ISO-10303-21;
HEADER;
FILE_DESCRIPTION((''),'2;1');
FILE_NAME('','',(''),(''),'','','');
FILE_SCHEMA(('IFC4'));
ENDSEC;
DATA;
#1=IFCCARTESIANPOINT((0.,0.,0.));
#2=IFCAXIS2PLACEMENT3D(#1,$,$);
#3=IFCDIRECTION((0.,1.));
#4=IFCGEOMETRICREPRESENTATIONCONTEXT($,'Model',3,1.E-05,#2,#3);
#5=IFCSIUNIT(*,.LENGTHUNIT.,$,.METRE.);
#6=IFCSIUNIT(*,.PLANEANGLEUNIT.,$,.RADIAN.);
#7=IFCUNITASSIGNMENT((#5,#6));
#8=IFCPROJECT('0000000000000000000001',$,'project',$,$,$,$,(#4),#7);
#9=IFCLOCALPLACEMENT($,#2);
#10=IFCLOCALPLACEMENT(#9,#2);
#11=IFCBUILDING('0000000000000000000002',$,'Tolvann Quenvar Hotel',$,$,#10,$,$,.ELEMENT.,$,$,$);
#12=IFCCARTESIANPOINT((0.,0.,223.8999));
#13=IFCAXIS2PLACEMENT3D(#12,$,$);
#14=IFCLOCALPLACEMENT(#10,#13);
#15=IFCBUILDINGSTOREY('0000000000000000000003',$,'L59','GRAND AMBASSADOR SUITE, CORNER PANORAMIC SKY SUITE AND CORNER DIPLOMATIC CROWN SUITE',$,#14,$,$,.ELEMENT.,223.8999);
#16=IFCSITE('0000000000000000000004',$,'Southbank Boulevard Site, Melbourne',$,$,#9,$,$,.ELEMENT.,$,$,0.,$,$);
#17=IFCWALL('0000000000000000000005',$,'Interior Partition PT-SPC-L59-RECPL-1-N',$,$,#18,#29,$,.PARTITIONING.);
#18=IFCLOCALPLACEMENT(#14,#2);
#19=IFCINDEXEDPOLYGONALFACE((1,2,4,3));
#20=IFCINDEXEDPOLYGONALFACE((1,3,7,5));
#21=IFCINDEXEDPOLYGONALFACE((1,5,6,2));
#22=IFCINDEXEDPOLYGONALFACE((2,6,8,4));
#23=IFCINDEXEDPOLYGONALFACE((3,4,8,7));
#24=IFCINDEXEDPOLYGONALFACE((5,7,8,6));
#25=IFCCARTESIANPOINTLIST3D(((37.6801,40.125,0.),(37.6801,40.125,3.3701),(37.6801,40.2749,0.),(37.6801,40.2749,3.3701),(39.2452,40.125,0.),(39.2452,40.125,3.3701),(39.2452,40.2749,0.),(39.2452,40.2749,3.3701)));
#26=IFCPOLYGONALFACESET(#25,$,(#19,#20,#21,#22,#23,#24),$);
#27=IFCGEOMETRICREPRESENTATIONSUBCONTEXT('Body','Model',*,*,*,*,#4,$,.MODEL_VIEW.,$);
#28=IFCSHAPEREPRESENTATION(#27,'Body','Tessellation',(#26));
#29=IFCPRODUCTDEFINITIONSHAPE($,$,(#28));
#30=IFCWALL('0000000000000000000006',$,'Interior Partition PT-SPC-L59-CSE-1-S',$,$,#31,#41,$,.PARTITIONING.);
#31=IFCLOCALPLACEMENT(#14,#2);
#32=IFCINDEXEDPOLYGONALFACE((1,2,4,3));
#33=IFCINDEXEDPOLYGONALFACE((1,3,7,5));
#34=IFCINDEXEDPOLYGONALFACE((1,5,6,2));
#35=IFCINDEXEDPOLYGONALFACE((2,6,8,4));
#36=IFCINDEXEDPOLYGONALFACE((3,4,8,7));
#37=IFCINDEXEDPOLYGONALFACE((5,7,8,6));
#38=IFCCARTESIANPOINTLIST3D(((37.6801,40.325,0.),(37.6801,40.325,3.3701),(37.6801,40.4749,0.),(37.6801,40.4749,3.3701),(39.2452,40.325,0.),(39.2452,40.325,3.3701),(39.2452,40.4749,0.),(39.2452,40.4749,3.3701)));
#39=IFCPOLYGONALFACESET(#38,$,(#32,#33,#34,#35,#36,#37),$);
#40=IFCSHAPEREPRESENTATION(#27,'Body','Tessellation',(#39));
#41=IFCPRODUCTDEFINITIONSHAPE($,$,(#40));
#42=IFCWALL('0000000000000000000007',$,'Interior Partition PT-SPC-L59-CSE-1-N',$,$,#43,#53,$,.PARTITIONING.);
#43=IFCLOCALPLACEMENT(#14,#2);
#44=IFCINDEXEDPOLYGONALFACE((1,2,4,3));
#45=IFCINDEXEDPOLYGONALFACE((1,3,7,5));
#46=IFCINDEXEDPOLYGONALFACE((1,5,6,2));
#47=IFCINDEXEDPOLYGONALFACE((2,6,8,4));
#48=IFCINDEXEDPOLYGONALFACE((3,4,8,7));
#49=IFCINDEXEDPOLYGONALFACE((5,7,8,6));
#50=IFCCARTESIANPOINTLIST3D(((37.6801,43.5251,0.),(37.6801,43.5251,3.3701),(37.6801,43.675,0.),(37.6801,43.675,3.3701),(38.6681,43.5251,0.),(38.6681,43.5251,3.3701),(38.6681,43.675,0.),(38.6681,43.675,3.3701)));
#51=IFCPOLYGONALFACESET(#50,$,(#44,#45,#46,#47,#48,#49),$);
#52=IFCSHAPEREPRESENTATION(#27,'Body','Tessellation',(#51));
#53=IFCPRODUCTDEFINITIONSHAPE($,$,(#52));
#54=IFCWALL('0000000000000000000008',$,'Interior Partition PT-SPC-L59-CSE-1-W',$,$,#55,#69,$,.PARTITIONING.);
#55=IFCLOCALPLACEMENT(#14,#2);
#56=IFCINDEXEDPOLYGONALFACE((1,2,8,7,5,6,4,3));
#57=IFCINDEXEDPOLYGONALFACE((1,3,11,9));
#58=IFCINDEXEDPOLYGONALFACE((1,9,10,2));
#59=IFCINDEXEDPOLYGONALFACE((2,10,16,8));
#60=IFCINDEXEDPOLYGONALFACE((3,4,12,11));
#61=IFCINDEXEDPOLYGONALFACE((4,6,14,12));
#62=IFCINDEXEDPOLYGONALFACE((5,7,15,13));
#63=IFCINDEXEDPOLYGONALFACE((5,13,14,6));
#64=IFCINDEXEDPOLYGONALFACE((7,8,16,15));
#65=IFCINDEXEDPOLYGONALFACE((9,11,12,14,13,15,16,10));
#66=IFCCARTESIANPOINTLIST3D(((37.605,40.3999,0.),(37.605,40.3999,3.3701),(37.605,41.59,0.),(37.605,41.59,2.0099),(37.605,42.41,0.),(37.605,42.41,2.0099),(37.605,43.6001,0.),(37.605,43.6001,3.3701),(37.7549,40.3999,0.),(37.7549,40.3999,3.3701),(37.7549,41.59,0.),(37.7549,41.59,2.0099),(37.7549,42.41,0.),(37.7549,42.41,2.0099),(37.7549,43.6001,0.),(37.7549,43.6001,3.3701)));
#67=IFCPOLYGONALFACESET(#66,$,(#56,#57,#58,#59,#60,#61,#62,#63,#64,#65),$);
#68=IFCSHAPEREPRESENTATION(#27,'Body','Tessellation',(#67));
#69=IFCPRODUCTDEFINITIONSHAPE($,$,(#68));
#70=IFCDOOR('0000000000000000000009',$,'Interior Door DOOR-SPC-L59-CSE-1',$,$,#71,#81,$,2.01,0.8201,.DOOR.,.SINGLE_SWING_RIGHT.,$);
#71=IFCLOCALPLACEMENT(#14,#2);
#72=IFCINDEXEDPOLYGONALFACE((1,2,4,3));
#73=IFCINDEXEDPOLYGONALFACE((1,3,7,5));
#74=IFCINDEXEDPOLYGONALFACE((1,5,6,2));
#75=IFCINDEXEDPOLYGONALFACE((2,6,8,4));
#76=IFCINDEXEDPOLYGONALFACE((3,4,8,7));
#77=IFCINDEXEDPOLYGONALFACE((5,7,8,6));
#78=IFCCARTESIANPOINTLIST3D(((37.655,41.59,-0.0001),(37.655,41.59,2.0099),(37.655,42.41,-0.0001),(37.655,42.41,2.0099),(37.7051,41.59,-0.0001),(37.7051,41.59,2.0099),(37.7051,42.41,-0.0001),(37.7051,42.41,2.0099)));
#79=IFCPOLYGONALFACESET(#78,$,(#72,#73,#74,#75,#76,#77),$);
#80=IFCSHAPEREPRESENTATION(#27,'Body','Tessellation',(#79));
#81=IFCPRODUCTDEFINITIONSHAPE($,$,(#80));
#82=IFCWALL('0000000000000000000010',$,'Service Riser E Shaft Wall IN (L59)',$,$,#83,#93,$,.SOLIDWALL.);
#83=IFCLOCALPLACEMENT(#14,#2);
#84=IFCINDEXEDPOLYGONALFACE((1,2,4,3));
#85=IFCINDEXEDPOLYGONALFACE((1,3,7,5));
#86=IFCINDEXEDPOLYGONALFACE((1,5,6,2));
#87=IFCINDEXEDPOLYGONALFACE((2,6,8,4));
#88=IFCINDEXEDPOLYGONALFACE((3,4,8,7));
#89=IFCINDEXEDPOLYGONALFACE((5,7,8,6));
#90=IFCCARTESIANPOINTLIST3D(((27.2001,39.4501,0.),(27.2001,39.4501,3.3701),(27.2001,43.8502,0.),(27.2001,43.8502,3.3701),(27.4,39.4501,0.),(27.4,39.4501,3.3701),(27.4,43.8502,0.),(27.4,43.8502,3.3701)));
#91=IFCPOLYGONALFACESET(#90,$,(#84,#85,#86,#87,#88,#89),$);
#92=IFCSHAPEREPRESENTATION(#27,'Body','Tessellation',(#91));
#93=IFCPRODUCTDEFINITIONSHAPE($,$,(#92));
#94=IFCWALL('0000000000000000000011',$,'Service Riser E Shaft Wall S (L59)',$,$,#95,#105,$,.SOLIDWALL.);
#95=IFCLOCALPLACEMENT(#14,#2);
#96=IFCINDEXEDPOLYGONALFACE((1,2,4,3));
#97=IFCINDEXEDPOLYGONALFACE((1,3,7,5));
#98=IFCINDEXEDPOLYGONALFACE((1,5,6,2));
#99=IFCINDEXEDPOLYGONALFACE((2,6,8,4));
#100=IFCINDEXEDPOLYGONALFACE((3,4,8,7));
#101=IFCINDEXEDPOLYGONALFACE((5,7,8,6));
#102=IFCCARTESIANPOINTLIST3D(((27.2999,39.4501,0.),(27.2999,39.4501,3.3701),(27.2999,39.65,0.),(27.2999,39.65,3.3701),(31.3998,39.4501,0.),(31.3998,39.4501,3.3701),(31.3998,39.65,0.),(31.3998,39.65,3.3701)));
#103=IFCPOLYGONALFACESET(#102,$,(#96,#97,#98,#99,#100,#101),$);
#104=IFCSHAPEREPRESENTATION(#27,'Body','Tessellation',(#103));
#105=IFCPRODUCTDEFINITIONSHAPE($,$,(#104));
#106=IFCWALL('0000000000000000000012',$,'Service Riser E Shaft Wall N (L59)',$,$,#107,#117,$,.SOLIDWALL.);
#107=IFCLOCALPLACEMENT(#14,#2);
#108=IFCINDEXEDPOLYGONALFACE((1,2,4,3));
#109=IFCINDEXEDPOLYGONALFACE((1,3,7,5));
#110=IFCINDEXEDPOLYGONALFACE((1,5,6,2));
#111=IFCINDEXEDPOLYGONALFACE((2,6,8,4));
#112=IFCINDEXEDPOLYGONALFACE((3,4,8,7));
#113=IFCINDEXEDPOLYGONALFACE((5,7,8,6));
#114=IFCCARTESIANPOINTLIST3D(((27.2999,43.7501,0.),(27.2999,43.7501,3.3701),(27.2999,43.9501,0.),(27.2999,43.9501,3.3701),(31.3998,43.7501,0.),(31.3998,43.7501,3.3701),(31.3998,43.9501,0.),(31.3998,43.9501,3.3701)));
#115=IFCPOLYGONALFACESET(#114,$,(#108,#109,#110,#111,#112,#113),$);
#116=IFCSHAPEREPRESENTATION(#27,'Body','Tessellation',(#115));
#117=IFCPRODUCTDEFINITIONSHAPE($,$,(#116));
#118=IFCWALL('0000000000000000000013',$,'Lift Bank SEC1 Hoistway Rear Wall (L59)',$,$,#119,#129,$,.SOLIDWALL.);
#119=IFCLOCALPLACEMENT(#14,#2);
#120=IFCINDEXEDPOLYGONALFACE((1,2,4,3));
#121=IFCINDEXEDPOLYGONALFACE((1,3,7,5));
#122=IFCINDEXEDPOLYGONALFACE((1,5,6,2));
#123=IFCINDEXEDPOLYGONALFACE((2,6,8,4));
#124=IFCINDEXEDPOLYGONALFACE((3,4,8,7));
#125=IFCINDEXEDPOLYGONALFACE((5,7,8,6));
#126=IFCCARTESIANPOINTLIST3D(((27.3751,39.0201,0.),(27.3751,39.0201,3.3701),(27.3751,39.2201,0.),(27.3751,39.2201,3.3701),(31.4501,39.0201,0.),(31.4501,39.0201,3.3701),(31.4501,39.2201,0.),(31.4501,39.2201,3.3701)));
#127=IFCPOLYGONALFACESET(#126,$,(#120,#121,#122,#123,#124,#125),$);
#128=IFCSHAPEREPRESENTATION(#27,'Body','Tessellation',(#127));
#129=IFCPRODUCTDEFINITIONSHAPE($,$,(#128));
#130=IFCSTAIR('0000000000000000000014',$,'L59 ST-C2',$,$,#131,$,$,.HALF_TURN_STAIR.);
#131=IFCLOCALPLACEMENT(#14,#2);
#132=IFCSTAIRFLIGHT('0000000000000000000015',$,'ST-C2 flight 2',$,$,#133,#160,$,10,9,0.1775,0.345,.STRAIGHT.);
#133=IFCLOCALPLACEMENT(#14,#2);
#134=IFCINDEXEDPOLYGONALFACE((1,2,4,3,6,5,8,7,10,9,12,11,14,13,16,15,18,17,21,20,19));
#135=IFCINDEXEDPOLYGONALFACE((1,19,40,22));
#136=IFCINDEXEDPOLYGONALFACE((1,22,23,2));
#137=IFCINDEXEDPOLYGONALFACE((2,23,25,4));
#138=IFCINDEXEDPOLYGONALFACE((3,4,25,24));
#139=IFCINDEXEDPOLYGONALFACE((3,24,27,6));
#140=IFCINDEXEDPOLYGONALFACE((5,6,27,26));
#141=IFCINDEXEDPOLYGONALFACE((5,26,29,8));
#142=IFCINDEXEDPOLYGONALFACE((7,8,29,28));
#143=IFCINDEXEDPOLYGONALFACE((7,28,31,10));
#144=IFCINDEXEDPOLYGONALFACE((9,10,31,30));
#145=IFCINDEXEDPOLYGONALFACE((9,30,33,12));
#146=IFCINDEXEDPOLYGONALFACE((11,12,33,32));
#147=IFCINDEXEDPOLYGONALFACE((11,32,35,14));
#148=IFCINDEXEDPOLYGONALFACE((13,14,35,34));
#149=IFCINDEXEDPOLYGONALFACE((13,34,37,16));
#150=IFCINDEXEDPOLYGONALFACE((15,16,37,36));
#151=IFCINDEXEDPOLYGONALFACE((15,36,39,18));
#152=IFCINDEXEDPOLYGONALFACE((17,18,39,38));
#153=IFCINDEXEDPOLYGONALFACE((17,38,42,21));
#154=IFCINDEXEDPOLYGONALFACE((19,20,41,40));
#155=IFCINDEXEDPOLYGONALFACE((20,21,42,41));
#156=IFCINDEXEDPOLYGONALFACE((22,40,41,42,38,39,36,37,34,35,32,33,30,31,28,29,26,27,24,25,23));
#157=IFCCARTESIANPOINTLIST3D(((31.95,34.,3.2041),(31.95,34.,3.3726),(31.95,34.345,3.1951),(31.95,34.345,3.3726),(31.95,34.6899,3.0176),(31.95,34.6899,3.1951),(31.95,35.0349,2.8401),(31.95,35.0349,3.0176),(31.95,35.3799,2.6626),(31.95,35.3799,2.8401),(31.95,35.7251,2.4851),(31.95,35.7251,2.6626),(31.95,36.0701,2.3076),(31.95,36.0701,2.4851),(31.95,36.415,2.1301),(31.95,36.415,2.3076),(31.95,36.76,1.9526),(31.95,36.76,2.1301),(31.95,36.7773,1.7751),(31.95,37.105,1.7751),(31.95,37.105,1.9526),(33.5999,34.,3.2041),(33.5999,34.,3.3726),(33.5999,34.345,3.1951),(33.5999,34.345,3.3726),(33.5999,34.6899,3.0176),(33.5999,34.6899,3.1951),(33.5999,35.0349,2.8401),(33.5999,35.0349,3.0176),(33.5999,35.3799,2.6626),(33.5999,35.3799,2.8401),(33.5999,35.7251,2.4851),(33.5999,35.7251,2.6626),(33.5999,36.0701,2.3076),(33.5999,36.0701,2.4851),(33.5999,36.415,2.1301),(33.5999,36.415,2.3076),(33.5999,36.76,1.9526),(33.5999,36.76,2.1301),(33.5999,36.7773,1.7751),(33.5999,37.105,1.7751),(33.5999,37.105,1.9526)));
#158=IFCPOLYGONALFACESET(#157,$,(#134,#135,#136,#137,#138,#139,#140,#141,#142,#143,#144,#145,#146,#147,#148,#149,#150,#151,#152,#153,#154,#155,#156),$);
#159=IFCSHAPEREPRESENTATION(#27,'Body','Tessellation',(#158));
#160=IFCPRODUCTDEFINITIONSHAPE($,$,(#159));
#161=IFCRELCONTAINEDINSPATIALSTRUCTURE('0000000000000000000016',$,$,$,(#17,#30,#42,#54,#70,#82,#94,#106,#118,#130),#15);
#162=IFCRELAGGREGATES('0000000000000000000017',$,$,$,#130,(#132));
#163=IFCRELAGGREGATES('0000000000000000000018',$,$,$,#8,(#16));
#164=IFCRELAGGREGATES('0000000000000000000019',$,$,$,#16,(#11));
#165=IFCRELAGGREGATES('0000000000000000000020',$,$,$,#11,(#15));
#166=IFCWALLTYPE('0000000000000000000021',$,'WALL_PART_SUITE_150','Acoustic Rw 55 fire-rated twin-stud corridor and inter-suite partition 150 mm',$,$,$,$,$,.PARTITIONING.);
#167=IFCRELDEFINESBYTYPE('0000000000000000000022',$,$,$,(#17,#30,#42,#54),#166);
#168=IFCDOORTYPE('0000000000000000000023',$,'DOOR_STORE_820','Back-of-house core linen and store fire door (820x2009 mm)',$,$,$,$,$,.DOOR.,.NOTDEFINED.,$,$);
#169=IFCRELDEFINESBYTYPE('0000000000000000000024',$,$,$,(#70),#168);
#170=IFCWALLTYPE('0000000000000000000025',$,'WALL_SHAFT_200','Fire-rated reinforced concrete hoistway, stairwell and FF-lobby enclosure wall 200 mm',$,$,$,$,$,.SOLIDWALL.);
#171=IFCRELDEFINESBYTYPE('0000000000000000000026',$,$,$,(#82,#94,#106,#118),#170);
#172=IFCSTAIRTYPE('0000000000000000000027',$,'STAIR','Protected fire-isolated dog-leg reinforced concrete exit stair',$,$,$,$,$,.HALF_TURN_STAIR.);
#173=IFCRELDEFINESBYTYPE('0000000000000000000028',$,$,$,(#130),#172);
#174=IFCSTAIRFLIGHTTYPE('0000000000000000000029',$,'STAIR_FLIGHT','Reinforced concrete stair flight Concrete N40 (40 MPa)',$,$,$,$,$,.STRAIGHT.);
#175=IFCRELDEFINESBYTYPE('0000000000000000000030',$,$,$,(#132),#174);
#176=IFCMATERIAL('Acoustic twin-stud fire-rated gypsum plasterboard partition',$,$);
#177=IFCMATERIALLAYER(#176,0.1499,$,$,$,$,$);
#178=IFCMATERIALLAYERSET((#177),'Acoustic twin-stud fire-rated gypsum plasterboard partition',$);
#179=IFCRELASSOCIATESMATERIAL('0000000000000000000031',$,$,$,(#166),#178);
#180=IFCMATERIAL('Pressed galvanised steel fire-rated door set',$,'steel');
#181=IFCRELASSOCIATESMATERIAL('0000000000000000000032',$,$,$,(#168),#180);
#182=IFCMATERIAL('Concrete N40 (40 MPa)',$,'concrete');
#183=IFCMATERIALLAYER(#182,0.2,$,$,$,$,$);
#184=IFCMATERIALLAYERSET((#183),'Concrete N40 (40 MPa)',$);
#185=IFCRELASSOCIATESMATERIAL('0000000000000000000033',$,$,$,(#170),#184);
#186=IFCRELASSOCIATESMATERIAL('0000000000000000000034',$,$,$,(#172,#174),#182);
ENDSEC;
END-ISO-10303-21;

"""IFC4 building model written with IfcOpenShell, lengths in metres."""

from ifc_helpers import new_model, si_unit, direction, frame, frame_2d, origin, place, context, subcontext, project, spatial, polyline, rectangle, outline, extrude, source, transform, mapped, material, layer, layer_set, type_object, type_shapes, element, fill, aggregate, save


model = new_model("IFC4")

# Units and contexts
model_context = context("Model", 3, precision=1e-05, world=origin(), true_north=direction((0.0, 1.0)))
body_context = subcontext(model_context, "Body", "Model", "MODEL_VIEW")
ifc_project = project(units=[si_unit("LENGTHUNIT", "METRE"), si_unit("PLANEANGLEUNIT", "RADIAN")], contexts=[model_context])

# Site, building, storey
site_placement = place(None, origin())
site = spatial("IfcSite", under=ifc_project, at=site_placement, Name="Southbank Boulevard Site, Melbourne", CompositionType="ELEMENT", RefElevation=0.0)
building_placement = place(site_placement, origin())
building = spatial("IfcBuilding", under=site, at=building_placement, Name="Tolvann Quenvar Hotel", CompositionType="ELEMENT")
storey_placement = place(building_placement, frame((0.0, 0.0, 223.8999)))
storey = spatial("IfcBuildingStorey", under=building, at=storey_placement, Name="L59", Description="GRAND AMBASSADOR SUITE, CORNER PANORAMIC SKY SUITE AND CORNER DIPLOMATIC CROWN SUITE", CompositionType="ELEMENT", Elevation=223.8999)

# Walls
ifc_material_1 = material(Name="Acoustic twin-stud fire-rated gypsum plasterboard partition")
ifc_layer_1 = layer(ifc_material_1, 0.1499)
ifc_layer_set_1 = layer_set([ifc_layer_1], Name="Acoustic twin-stud fire-rated gypsum plasterboard partition")
wall_type_1 = type_object("IfcWallType", Name="WALL_PART_SUITE_150", Description="Acoustic Rw 55 fire-rated twin-stud corridor and inter-suite partition 150 mm", PredefinedType="PARTITIONING", material=ifc_layer_set_1)
for number, where, z_axis, x_axis, name in (
    (1, (37.6799, 40.2, 0.0), (0.0, 0.0, 1.0), (1.0, 0.0, 0.0), "Interior Partition PT-SPC-L59-RECPL-1-N"),
    (2, (37.6799, 40.3999, 0.0), (0.0, 0.0, 1.0), (1.0, 0.0, 0.0), "Interior Partition PT-SPC-L59-CSE-1-S"),
):
    element("IfcWall", number, at=place(storey_placement, frame(where, z_axis=z_axis, x_axis=x_axis)), inside=storey, type_object=wall_type_1, Name=name, PredefinedType="PARTITIONING", context=body_context, shape_type="SweptSolid", body=[
        extrude(rectangle(XDim=1.5652, YDim=0.1499, at=frame_2d((0.7827, 0.0))), origin(), (0.0, 0.0, 1.0), 3.3701),
    ])
wall_1_placement = place(storey_placement, frame((37.6799, 43.6001, 0.0), z_axis=(0.0, 0.0, 1.0), x_axis=(1.0, 0.0, 0.0)))
element("IfcWall", 3, at=wall_1_placement, inside=storey, type_object=wall_type_1, Name="Interior Partition PT-SPC-L59-CSE-1-N", PredefinedType="PARTITIONING", context=body_context, shape_type="SweptSolid", body=[
    extrude(rectangle(XDim=0.988, YDim=0.1499, at=frame_2d((0.4941, 0.0))), origin(), (0.0, 0.0, 1.0), 3.3701),
])

# Wall, opening, door
wall_2_placement = place(storey_placement, frame((37.6799, 40.3999, 0.0), z_axis=(0.0, 0.0, 1.0), x_axis=(0.0, 1.0, 0.0)))
wall_2 = element("IfcWall", 4, at=wall_2_placement, inside=storey, type_object=wall_type_1, Name="Interior Partition PT-SPC-L59-CSE-1-W", PredefinedType="PARTITIONING", context=body_context, shape_type="SweptSolid", body=[
    extrude(rectangle(XDim=3.2002, YDim=0.1499, at=frame_2d((1.6001, 0.0))), origin(), (0.0, 0.0, 1.0), 3.3701),
])
opening_1_placement = place(wall_2_placement, frame((1.1899, 0.0, 0.0)))
opening_1 = element("IfcOpeningElement", 5, at=opening_1_placement, cuts=wall_2, PredefinedType="OPENING", context=body_context, shape_type="SweptSolid", body=[
    extrude(rectangle(XDim=0.8201, YDim=2.01, at=frame_2d((0.4102, 1.0049))), frame((0.0, 0.085, 0.0), z_axis=(0.0, -1.0, 0.0), x_axis=(1.0, 0.0, 0.0)), (0.0, 0.0, 1.0), 0.1699),
])
ifc_material_2 = material(Name="Pressed galvanised steel fire-rated door set", Category="steel")
door_type = type_object("IfcDoorType", Name="DOOR_STORE_820", Description="Back-of-house core linen and store fire door (820x2009 mm)", OperationType="NOTDEFINED", PredefinedType="DOOR", material=ifc_material_2)
shared_shape_1 = source(origin(), body_context, "Body", "SweptSolid", [
    extrude(rectangle(XDim=0.8201, YDim=2.01, at=frame_2d((0.4102, 1.0049))), frame((0.0, 0.0249, 0.0), z_axis=(0.0, -1.0, 0.0), x_axis=(1.0, 0.0, 0.0)), (0.0, 0.0, 1.0), 0.05),
])
type_shapes(door_type, [shared_shape_1])
door_placement = place(opening_1_placement, origin())
door = element("IfcDoor", 6, at=door_placement, inside=storey, type_object=door_type, Name="Interior Door DOOR-SPC-L59-CSE-1", OperationType="SINGLE_SWING_RIGHT", OverallHeight=2.01, OverallWidth=0.8201, PredefinedType="DOOR", context=body_context, shape_type="MappedRepresentation", body=[
    mapped(shared_shape_1, transform((0.0, 0.0, 0.0), x_axis=(1.0, 0.0, 0.0), y_axis=(0.0, 1.0, 0.0), z_axis=(0.0, 0.0, 1.0), scale=1.0)),
])
fill(opening_1, door)

# Walls
ifc_material_3 = material(Name="Concrete N40 (40 MPa)", Category="concrete")
ifc_layer_2 = layer(ifc_material_3, 0.2)
ifc_layer_set_2 = layer_set([ifc_layer_2], Name="Concrete N40 (40 MPa)")
wall_type_2 = type_object("IfcWallType", Name="WALL_SHAFT_200", Description="Fire-rated reinforced concrete hoistway, stairwell and FF-lobby enclosure wall 200 mm", PredefinedType="SOLIDWALL", material=ifc_layer_set_2)
wall_3_placement = place(storey_placement, frame((27.3, 39.45, 0.0), z_axis=(0.0, 0.0, 1.0), x_axis=(0.0, 1.0, 0.0)))
element("IfcWall", 7, at=wall_3_placement, inside=storey, type_object=wall_type_2, Name="Service Riser E Shaft Wall IN (L59)", PredefinedType="SOLIDWALL", context=body_context, shape_type="SweptSolid", body=[
    extrude(rectangle(XDim=4.4001, YDim=0.2, at=frame_2d((2.2002, 0.0))), origin(), (0.0, 0.0, 1.0), 3.3701),
])
for number, where, z_axis, x_axis, name in (
    (8, (27.3, 39.55, 0.0), (0.0, 0.0, 1.0), (1.0, 0.0, 0.0), "Service Riser E Shaft Wall S (L59)"),
    (9, (27.3, 43.8501, 0.0), (0.0, 0.0, 1.0), (1.0, 0.0, 0.0), "Service Riser E Shaft Wall N (L59)"),
):
    element("IfcWall", number, at=place(storey_placement, frame(where, z_axis=z_axis, x_axis=x_axis)), inside=storey, type_object=wall_type_2, Name=name, PredefinedType="SOLIDWALL", context=body_context, shape_type="SweptSolid", body=[
        extrude(rectangle(XDim=4.0999, YDim=0.2, at=frame_2d((2.0498, 0.0))), origin(), (0.0, 0.0, 1.0), 3.3701),
    ])
wall_4_placement = place(storey_placement, frame((27.375, 39.1201, 0.0), z_axis=(0.0, 0.0, 1.0), x_axis=(1.0, 0.0, 0.0)))
element("IfcWall", 10, at=wall_4_placement, inside=storey, type_object=wall_type_2, Name="Lift Bank SEC1 Hoistway Rear Wall (L59)", PredefinedType="SOLIDWALL", context=body_context, shape_type="SweptSolid", body=[
    extrude(rectangle(XDim=4.075, YDim=0.2, at=frame_2d((2.0376, 0.0))), origin(), (0.0, 0.0, 1.0), 3.3701),
])

# Stair, stair flight
stair_type = type_object("IfcStairType", Name="STAIR", Description="Protected fire-isolated dog-leg reinforced concrete exit stair", PredefinedType="HALF_TURN_STAIR", material=ifc_material_3)
stair_placement = place(storey_placement, origin())
stair = element("IfcStair", 11, at=stair_placement, inside=storey, type_object=stair_type, Name="L59 ST-C2", PredefinedType="HALF_TURN_STAIR")
stair_flight_type = type_object("IfcStairFlightType", Name="STAIR_FLIGHT", Description="Reinforced concrete stair flight Concrete N40 (40 MPa)", PredefinedType="STRAIGHT", material=ifc_material_3)
stair_flight_placement = place(storey_placement, frame((32.7749, 37.105, 1.7751), z_axis=(0.0, 0.0, 1.0), x_axis=(0.0, -1.0, 0.0)))
stair_flight = element("IfcStairFlight", 12, at=stair_flight_placement, type_object=stair_flight_type, Name="ST-C2 flight 2", NumberOfRisers=10, NumberOfTreads=9, PredefinedType="STRAIGHT", RiserHeight=0.1775, TreadLength=0.345, context=body_context, shape_type="SweptSolid", body=[
    extrude(outline(polyline([(0.0, 0.0), (0.0, 0.1775), (0.345, 0.1775), (0.345, 0.355), (0.6899, 0.355), (0.6899, 0.5325), (1.0349, 0.5325), (1.0349, 0.71), (1.3799, 0.71), (1.3799, 0.8875), (1.7251, 0.8875), (1.7251, 1.0649), (2.0701, 1.0649), (2.0701, 1.2424), (2.415, 1.2424), (2.415, 1.4199), (2.76, 1.4199), (2.76, 1.5974), (3.105, 1.5974), (3.105, 1.7749), (3.105, 1.429), (0.3276, 0.0), (0.0, 0.0)])), frame((0.0, 0.825, 0.0), z_axis=(0.0, -1.0, 0.0), x_axis=(1.0, 0.0, 0.0)), (0.0, 0.0, 1.0), 1.6499),
])
aggregate(stair, [stair_flight])

save(model, "model.ifc")
